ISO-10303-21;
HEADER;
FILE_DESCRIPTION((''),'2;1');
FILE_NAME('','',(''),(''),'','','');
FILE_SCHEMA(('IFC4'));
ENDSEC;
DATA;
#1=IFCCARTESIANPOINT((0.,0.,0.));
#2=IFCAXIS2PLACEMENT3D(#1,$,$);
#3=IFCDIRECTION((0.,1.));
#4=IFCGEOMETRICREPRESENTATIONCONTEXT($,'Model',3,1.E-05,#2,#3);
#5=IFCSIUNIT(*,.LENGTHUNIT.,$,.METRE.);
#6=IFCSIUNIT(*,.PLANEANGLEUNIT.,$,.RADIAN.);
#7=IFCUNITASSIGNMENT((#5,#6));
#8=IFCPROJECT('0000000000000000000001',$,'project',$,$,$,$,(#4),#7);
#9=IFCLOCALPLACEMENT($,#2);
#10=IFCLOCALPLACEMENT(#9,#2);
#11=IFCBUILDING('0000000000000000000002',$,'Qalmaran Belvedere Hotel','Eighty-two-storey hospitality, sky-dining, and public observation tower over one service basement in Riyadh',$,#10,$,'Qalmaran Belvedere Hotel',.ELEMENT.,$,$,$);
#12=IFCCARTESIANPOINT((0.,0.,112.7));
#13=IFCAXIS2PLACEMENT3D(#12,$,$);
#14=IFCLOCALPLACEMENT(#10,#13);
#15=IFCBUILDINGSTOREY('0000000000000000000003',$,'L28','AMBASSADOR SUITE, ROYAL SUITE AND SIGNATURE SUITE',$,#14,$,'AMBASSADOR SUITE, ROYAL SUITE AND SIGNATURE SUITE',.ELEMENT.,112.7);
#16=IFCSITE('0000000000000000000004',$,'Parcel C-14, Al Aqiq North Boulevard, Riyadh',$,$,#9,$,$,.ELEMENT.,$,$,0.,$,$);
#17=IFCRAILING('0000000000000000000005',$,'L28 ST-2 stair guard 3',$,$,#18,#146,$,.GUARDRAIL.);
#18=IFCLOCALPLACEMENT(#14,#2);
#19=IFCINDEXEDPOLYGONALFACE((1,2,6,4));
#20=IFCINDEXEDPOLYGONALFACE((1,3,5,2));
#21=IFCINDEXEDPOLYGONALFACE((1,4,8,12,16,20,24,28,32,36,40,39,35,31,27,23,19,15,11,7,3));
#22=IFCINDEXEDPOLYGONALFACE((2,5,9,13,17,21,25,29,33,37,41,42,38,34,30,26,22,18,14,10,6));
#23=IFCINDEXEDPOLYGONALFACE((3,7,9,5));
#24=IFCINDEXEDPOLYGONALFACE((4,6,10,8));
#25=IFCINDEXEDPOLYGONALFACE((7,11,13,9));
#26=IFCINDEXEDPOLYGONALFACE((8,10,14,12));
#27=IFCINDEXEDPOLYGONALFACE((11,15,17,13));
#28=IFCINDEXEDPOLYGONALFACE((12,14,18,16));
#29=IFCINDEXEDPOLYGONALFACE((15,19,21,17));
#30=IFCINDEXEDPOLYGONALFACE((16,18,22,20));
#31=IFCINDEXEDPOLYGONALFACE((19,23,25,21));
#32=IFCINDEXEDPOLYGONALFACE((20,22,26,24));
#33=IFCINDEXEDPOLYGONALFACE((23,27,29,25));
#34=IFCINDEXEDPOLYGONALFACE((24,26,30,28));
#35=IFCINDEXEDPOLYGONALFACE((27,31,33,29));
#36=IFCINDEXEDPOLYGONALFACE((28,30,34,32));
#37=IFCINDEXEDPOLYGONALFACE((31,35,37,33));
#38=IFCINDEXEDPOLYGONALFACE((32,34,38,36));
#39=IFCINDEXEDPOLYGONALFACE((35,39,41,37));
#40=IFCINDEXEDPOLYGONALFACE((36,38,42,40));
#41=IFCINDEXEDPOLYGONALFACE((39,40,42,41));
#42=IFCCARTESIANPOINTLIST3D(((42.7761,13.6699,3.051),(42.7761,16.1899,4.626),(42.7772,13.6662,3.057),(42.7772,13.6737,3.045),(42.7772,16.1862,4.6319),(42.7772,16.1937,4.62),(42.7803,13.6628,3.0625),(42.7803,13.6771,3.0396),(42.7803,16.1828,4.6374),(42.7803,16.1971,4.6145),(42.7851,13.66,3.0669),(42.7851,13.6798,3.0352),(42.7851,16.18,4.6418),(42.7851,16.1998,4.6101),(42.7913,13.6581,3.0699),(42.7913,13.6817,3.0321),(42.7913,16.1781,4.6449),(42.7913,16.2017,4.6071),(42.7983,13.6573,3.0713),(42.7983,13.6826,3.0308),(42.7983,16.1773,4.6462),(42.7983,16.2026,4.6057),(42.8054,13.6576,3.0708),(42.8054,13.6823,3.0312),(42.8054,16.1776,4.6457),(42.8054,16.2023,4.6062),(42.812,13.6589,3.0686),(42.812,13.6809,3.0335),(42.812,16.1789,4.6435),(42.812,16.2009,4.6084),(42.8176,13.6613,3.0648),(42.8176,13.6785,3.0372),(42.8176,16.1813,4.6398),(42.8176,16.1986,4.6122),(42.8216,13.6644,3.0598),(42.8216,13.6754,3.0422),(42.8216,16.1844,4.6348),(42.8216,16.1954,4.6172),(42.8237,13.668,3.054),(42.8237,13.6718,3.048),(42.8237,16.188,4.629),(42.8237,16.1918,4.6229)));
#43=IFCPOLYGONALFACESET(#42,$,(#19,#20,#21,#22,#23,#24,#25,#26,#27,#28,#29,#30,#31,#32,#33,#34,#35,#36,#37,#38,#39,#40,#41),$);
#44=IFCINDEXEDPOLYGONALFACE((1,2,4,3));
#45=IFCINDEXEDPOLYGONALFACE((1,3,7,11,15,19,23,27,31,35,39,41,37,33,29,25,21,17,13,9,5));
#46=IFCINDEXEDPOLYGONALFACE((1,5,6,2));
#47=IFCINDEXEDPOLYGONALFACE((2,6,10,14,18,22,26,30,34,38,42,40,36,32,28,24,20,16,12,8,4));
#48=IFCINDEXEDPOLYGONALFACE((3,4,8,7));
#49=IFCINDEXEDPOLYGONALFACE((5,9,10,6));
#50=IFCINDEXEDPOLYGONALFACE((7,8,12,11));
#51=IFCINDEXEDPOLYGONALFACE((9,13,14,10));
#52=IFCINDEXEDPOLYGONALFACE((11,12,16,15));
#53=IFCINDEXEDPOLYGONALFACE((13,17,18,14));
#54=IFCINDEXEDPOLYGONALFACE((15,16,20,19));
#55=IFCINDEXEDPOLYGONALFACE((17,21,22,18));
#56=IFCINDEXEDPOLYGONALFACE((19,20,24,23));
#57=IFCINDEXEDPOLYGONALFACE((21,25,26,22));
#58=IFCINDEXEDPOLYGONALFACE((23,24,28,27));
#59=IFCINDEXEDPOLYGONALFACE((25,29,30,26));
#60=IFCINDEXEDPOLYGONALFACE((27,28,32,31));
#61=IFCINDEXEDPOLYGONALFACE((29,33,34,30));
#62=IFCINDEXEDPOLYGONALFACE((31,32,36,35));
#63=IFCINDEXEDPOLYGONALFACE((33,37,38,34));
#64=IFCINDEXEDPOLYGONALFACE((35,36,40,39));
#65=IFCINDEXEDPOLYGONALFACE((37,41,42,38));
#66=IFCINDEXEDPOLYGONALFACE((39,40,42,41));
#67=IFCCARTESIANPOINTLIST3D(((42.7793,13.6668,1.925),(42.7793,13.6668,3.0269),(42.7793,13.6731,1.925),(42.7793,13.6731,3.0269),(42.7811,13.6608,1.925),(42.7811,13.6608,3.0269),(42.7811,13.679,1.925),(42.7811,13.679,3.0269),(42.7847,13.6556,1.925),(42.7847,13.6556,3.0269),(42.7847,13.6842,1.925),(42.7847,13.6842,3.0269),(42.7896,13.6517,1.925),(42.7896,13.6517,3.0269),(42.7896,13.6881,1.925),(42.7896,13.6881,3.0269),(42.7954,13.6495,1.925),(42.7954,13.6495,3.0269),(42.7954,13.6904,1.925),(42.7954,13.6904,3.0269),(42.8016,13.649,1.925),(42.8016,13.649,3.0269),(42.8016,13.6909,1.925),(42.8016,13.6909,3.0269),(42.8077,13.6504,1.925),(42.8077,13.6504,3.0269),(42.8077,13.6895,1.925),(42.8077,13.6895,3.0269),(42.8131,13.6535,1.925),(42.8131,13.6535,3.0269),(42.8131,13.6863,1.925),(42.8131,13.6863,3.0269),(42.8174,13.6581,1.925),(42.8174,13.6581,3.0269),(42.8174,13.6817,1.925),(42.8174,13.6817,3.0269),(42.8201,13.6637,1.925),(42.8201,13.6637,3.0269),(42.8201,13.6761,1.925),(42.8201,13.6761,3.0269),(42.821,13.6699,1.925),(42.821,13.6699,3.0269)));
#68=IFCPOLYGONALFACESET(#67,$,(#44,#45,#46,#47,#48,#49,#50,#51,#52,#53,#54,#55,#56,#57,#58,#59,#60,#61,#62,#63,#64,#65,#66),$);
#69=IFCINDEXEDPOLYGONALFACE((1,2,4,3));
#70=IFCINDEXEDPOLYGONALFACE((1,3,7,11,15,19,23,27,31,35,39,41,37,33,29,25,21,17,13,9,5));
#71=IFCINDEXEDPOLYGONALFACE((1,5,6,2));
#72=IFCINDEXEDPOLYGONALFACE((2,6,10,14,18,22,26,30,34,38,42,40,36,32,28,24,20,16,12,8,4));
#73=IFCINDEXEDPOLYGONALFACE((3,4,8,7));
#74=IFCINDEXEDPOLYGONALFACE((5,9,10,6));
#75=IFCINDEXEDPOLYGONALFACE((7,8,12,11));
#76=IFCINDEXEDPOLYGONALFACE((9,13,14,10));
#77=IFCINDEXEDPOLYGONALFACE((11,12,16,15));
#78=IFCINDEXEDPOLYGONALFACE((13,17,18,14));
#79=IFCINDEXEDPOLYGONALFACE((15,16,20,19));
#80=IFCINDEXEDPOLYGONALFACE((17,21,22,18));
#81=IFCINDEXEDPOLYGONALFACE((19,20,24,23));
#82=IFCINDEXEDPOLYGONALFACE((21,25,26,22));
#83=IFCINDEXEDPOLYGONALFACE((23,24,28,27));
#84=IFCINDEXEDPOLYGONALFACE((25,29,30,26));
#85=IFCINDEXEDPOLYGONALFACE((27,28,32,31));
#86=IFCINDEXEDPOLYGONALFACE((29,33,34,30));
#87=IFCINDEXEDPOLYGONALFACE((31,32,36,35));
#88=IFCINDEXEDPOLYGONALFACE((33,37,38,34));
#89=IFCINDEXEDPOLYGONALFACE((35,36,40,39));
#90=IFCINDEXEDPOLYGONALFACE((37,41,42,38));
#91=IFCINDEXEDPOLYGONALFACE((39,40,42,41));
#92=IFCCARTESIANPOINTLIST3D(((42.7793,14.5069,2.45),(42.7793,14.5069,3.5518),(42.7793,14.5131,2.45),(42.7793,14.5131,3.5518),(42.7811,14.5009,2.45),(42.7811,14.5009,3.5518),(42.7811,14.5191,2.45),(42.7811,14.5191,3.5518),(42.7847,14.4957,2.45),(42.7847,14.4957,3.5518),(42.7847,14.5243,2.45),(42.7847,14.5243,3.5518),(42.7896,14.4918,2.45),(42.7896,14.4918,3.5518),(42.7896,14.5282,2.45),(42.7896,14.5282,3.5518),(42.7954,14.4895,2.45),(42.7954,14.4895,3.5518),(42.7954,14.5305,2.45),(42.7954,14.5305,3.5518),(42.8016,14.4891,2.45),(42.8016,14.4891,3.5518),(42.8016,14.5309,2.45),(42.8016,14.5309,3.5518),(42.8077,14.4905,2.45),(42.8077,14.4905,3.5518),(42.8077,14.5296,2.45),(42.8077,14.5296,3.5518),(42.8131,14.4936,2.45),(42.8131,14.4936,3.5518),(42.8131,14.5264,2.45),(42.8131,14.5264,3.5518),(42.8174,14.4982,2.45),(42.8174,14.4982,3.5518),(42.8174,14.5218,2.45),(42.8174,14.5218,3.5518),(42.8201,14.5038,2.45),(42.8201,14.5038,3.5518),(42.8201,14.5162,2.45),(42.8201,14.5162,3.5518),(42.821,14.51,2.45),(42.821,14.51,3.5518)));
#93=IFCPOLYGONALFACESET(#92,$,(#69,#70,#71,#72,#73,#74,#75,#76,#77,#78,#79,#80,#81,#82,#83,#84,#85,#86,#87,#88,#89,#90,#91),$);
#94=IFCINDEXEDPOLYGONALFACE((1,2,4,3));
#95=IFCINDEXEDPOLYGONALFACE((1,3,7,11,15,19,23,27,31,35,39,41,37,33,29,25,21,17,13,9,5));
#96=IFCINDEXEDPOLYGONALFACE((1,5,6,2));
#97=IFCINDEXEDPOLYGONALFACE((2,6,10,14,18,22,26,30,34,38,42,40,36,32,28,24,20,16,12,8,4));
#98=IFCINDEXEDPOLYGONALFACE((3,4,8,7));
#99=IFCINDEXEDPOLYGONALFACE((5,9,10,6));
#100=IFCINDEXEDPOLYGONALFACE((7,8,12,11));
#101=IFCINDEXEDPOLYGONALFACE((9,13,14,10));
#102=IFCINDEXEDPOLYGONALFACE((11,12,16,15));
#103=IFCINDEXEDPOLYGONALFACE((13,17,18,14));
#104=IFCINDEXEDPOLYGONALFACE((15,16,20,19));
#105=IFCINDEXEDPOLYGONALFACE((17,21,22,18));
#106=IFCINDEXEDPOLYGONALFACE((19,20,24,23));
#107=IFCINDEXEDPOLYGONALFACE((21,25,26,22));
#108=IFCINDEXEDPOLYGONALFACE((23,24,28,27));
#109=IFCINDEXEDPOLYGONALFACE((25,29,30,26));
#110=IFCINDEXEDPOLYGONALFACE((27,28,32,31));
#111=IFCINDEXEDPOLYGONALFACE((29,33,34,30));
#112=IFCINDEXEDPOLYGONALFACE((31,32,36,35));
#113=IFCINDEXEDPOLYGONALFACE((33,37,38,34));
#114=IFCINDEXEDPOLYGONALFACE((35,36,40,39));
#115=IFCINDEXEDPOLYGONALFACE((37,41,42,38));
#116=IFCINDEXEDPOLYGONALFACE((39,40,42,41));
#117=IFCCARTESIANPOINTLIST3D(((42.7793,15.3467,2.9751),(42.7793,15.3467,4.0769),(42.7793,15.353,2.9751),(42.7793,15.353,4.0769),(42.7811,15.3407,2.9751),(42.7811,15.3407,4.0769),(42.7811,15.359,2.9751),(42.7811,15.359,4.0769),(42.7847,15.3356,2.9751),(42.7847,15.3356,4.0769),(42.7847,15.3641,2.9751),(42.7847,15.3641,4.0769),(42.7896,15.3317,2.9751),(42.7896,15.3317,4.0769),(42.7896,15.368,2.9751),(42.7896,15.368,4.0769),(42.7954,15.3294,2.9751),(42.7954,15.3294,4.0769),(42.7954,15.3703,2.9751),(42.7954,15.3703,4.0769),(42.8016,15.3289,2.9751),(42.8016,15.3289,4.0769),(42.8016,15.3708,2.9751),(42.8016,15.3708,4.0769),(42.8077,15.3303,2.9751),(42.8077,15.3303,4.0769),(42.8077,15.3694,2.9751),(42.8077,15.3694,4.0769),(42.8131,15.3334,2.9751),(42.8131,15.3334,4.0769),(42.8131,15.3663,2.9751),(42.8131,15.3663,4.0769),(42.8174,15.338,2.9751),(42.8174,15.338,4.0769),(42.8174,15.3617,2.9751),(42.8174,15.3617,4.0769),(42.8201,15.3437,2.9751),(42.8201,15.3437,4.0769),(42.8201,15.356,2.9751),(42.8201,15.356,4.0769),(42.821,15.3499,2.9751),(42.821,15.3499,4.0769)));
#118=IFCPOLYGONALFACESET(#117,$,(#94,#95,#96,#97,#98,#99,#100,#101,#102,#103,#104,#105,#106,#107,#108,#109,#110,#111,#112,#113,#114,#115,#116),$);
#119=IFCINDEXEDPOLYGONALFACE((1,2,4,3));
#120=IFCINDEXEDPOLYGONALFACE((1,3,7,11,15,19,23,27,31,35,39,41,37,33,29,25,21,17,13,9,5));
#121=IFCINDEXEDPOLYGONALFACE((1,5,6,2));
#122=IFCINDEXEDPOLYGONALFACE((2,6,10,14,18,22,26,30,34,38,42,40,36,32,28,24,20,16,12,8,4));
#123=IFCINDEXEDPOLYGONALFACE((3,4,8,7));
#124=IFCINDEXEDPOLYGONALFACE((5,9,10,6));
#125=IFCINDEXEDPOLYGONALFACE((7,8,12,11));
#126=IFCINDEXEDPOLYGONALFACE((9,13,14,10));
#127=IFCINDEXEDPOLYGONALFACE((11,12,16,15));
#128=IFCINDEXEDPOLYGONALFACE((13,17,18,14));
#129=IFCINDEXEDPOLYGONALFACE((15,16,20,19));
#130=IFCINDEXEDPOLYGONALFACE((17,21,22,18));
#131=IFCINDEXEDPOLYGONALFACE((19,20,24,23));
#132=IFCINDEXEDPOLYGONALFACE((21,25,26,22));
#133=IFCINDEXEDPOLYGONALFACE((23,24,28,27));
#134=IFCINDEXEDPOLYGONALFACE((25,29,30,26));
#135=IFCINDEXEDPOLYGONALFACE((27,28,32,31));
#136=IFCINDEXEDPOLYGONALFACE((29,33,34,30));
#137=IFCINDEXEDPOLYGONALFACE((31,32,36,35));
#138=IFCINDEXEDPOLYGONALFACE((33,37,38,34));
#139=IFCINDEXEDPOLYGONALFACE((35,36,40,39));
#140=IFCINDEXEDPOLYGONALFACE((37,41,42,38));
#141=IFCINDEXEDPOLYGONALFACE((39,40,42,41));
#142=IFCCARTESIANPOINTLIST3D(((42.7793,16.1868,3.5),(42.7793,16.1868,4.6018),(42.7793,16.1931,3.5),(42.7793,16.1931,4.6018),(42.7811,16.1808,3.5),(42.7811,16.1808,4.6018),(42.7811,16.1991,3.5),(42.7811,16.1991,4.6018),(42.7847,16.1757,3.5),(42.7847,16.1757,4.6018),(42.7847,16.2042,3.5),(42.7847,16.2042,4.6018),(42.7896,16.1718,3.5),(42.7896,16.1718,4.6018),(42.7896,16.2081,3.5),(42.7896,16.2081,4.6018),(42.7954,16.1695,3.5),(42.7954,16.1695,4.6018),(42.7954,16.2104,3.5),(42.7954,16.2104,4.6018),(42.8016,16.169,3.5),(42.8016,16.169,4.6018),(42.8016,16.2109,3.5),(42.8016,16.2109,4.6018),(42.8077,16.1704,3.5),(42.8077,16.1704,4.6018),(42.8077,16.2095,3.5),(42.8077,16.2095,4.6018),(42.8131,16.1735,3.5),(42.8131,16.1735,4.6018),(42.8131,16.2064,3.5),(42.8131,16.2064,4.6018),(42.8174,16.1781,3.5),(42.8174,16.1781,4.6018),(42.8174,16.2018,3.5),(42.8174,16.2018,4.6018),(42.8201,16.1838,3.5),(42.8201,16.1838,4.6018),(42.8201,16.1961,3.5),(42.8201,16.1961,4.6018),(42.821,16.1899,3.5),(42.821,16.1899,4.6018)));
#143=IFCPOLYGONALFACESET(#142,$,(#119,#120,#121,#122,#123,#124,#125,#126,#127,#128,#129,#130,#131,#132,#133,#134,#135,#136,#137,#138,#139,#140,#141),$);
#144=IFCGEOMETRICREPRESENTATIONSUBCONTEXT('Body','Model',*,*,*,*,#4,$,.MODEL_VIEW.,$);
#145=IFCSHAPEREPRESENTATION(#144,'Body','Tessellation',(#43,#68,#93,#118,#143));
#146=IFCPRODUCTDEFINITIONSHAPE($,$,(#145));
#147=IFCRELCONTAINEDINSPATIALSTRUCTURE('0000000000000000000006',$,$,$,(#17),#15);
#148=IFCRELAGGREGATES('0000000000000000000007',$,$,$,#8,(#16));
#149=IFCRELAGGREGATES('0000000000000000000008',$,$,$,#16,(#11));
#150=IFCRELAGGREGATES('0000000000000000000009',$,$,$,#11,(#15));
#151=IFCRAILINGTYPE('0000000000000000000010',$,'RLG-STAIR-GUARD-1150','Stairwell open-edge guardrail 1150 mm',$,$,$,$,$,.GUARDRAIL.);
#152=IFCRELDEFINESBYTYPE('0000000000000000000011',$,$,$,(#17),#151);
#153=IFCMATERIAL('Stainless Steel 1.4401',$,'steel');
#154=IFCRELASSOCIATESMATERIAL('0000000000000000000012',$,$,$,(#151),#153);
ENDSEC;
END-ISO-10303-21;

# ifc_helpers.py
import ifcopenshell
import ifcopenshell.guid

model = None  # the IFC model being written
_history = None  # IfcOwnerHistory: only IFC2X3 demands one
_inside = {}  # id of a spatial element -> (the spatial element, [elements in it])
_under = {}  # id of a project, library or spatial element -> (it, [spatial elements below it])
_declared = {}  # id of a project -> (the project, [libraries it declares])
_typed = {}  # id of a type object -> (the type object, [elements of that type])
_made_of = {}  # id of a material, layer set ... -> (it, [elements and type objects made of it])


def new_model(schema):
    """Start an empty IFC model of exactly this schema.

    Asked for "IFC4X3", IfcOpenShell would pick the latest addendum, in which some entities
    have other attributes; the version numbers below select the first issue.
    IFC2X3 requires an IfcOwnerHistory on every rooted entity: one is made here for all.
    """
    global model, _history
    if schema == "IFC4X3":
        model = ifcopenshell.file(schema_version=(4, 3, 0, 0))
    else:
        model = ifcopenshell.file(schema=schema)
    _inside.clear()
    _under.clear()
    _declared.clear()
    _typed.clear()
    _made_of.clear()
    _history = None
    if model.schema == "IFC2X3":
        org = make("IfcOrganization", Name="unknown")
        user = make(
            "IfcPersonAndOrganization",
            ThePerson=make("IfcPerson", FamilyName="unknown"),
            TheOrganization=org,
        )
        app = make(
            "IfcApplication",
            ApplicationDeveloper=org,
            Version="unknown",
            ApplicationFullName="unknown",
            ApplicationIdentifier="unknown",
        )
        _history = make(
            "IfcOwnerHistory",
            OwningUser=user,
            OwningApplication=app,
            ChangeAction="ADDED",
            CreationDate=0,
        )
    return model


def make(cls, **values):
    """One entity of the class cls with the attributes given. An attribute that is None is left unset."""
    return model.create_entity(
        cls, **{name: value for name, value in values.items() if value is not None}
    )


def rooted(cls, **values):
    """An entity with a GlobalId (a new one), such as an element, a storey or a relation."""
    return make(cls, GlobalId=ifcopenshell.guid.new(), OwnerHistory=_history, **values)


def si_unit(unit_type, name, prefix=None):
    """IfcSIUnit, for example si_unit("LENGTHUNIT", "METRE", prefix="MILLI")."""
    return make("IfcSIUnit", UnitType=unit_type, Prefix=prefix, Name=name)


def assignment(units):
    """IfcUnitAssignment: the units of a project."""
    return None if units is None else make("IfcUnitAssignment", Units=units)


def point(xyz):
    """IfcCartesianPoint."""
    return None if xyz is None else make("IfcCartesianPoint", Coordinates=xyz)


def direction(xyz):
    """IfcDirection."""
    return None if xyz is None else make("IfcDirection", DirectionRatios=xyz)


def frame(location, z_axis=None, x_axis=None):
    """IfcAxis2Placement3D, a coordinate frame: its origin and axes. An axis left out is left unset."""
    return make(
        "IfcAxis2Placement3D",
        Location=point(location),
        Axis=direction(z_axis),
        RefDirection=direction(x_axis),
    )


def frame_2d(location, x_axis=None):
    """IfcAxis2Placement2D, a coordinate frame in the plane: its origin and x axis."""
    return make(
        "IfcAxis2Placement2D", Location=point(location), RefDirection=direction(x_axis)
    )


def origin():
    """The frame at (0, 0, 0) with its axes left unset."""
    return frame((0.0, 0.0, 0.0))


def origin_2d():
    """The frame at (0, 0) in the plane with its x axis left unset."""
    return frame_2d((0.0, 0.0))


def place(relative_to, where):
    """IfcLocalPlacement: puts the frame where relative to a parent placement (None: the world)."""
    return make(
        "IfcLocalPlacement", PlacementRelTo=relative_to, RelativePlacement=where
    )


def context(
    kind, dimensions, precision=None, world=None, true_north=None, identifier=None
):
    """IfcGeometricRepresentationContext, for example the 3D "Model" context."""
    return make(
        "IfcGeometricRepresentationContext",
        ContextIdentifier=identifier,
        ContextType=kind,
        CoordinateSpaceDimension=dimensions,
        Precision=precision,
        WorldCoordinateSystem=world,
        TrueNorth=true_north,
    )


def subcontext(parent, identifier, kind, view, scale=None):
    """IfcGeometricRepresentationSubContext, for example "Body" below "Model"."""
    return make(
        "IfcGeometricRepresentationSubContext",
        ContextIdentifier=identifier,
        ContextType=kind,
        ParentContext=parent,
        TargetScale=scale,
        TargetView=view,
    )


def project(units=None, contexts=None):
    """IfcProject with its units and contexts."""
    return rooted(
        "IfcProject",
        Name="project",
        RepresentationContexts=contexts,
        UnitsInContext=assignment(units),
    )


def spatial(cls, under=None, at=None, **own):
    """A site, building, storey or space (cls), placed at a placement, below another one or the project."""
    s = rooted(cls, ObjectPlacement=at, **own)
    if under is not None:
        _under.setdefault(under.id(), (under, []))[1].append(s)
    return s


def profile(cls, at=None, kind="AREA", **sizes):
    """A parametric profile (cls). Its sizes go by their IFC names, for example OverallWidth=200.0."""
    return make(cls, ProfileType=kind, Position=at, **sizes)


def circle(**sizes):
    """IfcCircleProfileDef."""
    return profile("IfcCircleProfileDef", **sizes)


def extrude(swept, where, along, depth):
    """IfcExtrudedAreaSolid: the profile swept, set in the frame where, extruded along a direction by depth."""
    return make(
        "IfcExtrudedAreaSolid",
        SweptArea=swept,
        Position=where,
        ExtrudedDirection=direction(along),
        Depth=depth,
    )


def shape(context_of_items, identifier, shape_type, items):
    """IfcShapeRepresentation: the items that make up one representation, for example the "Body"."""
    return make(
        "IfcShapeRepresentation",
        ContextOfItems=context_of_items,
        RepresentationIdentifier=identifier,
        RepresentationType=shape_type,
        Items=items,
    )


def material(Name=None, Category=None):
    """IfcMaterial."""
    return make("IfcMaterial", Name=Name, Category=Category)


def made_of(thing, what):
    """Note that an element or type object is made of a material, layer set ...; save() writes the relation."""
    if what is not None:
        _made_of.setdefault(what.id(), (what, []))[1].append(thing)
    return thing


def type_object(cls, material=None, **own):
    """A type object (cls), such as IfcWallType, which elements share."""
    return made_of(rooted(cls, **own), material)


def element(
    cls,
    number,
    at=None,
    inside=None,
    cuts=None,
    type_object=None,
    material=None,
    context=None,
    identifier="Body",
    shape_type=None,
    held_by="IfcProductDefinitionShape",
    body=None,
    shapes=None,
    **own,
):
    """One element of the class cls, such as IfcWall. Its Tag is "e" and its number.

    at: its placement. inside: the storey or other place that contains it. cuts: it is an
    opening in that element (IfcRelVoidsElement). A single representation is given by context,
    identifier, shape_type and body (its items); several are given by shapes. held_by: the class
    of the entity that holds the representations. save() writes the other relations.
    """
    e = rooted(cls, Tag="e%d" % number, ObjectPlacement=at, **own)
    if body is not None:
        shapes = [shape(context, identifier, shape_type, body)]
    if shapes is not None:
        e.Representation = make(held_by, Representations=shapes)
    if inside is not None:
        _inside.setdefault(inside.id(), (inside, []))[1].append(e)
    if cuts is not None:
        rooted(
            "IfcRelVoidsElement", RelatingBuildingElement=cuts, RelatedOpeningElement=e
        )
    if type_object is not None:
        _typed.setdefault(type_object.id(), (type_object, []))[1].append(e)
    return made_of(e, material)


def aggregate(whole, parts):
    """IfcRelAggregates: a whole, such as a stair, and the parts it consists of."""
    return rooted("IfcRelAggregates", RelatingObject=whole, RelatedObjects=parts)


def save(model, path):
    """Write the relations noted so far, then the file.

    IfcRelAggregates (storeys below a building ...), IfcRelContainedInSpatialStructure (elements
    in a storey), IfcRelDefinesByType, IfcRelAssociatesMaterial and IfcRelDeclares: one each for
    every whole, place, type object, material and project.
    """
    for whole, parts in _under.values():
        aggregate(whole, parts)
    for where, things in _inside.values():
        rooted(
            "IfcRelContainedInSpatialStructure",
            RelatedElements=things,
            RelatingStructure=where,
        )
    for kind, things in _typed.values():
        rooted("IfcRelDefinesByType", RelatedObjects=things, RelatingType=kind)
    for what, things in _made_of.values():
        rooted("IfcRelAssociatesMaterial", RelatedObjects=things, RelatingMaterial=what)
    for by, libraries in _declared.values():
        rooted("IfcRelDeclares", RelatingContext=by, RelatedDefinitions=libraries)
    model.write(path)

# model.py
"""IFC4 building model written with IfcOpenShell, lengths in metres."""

from ifc_helpers import new_model, si_unit, direction, frame, origin, origin_2d, place, context, subcontext, project, spatial, circle, extrude, material, type_object, element, save


model = new_model("IFC4")

# Units and contexts
model_context = context("Model", 3, precision=1e-05, world=origin(), true_north=direction((0.0, 1.0)))
body_context = subcontext(model_context, "Body", "Model", "MODEL_VIEW")
ifc_project = project(units=[si_unit("LENGTHUNIT", "METRE"), si_unit("PLANEANGLEUNIT", "RADIAN")], contexts=[model_context])

# Site, building, storey
site_placement = place(None, origin())
site = spatial("IfcSite", under=ifc_project, at=site_placement, Name="Parcel C-14, Al Aqiq North Boulevard, Riyadh", CompositionType="ELEMENT", RefElevation=0.0)
building_placement = place(site_placement, origin())
building = spatial("IfcBuilding", under=site, at=building_placement, Name="Qalmaran Belvedere Hotel", Description="Eighty-two-storey hospitality, sky-dining, and public observation tower over one service basement in Riyadh", LongName="Qalmaran Belvedere Hotel", CompositionType="ELEMENT")
storey_placement = place(building_placement, frame((0.0, 0.0, 112.7)))
storey = spatial("IfcBuildingStorey", under=building, at=storey_placement, Name="L28", Description="AMBASSADOR SUITE, ROYAL SUITE AND SIGNATURE SUITE", LongName="AMBASSADOR SUITE, ROYAL SUITE AND SIGNATURE SUITE", CompositionType="ELEMENT", Elevation=112.7)

# Shared definitions
ifc_material_1 = material(Name="Stainless Steel 1.4401", Category="steel")

# Railing
railing_type_1 = type_object("IfcRailingType", Name="RLG-STAIR-GUARD-1150", Description="Stairwell open-edge guardrail 1150 mm", PredefinedType="GUARDRAIL", material=ifc_material_1)
railing_1_placement = place(storey_placement, frame((42.8, 13.6699, 1.925)))
element("IfcRailing", 1, at=railing_1_placement, inside=storey, type_object=railing_type_1, Name="L28 ST-2 stair guard 3", PredefinedType="GUARDRAIL", context=body_context, shape_type="SweptSolid", body=[
    extrude(circle(Radius=0.0239, at=origin_2d()), frame((0.0, 0.0, 1.126), z_axis=(0.0, 0.848008, 0.529984), x_axis=(-1.0, 0.0, 0.0)), (0.0, 0.0, 1.0), 2.9717),
    extrude(circle(Radius=0.021, at=origin_2d()), origin(), (0.0, 0.0, 1.0), 1.1018),
    extrude(circle(Radius=0.021, at=origin_2d()), frame((0.0, 0.8401, 0.5249)), (0.0, 0.0, 1.0), 1.1018),
    extrude(circle(Radius=0.021, at=origin_2d()), frame((0.0, 1.6799, 1.05)), (0.0, 0.0, 1.0), 1.1018),
    extrude(circle(Radius=0.021, at=origin_2d()), frame((0.0, 2.52, 1.575)), (0.0, 0.0, 1.0), 1.1018),
])

save(model, "model.ifc")
